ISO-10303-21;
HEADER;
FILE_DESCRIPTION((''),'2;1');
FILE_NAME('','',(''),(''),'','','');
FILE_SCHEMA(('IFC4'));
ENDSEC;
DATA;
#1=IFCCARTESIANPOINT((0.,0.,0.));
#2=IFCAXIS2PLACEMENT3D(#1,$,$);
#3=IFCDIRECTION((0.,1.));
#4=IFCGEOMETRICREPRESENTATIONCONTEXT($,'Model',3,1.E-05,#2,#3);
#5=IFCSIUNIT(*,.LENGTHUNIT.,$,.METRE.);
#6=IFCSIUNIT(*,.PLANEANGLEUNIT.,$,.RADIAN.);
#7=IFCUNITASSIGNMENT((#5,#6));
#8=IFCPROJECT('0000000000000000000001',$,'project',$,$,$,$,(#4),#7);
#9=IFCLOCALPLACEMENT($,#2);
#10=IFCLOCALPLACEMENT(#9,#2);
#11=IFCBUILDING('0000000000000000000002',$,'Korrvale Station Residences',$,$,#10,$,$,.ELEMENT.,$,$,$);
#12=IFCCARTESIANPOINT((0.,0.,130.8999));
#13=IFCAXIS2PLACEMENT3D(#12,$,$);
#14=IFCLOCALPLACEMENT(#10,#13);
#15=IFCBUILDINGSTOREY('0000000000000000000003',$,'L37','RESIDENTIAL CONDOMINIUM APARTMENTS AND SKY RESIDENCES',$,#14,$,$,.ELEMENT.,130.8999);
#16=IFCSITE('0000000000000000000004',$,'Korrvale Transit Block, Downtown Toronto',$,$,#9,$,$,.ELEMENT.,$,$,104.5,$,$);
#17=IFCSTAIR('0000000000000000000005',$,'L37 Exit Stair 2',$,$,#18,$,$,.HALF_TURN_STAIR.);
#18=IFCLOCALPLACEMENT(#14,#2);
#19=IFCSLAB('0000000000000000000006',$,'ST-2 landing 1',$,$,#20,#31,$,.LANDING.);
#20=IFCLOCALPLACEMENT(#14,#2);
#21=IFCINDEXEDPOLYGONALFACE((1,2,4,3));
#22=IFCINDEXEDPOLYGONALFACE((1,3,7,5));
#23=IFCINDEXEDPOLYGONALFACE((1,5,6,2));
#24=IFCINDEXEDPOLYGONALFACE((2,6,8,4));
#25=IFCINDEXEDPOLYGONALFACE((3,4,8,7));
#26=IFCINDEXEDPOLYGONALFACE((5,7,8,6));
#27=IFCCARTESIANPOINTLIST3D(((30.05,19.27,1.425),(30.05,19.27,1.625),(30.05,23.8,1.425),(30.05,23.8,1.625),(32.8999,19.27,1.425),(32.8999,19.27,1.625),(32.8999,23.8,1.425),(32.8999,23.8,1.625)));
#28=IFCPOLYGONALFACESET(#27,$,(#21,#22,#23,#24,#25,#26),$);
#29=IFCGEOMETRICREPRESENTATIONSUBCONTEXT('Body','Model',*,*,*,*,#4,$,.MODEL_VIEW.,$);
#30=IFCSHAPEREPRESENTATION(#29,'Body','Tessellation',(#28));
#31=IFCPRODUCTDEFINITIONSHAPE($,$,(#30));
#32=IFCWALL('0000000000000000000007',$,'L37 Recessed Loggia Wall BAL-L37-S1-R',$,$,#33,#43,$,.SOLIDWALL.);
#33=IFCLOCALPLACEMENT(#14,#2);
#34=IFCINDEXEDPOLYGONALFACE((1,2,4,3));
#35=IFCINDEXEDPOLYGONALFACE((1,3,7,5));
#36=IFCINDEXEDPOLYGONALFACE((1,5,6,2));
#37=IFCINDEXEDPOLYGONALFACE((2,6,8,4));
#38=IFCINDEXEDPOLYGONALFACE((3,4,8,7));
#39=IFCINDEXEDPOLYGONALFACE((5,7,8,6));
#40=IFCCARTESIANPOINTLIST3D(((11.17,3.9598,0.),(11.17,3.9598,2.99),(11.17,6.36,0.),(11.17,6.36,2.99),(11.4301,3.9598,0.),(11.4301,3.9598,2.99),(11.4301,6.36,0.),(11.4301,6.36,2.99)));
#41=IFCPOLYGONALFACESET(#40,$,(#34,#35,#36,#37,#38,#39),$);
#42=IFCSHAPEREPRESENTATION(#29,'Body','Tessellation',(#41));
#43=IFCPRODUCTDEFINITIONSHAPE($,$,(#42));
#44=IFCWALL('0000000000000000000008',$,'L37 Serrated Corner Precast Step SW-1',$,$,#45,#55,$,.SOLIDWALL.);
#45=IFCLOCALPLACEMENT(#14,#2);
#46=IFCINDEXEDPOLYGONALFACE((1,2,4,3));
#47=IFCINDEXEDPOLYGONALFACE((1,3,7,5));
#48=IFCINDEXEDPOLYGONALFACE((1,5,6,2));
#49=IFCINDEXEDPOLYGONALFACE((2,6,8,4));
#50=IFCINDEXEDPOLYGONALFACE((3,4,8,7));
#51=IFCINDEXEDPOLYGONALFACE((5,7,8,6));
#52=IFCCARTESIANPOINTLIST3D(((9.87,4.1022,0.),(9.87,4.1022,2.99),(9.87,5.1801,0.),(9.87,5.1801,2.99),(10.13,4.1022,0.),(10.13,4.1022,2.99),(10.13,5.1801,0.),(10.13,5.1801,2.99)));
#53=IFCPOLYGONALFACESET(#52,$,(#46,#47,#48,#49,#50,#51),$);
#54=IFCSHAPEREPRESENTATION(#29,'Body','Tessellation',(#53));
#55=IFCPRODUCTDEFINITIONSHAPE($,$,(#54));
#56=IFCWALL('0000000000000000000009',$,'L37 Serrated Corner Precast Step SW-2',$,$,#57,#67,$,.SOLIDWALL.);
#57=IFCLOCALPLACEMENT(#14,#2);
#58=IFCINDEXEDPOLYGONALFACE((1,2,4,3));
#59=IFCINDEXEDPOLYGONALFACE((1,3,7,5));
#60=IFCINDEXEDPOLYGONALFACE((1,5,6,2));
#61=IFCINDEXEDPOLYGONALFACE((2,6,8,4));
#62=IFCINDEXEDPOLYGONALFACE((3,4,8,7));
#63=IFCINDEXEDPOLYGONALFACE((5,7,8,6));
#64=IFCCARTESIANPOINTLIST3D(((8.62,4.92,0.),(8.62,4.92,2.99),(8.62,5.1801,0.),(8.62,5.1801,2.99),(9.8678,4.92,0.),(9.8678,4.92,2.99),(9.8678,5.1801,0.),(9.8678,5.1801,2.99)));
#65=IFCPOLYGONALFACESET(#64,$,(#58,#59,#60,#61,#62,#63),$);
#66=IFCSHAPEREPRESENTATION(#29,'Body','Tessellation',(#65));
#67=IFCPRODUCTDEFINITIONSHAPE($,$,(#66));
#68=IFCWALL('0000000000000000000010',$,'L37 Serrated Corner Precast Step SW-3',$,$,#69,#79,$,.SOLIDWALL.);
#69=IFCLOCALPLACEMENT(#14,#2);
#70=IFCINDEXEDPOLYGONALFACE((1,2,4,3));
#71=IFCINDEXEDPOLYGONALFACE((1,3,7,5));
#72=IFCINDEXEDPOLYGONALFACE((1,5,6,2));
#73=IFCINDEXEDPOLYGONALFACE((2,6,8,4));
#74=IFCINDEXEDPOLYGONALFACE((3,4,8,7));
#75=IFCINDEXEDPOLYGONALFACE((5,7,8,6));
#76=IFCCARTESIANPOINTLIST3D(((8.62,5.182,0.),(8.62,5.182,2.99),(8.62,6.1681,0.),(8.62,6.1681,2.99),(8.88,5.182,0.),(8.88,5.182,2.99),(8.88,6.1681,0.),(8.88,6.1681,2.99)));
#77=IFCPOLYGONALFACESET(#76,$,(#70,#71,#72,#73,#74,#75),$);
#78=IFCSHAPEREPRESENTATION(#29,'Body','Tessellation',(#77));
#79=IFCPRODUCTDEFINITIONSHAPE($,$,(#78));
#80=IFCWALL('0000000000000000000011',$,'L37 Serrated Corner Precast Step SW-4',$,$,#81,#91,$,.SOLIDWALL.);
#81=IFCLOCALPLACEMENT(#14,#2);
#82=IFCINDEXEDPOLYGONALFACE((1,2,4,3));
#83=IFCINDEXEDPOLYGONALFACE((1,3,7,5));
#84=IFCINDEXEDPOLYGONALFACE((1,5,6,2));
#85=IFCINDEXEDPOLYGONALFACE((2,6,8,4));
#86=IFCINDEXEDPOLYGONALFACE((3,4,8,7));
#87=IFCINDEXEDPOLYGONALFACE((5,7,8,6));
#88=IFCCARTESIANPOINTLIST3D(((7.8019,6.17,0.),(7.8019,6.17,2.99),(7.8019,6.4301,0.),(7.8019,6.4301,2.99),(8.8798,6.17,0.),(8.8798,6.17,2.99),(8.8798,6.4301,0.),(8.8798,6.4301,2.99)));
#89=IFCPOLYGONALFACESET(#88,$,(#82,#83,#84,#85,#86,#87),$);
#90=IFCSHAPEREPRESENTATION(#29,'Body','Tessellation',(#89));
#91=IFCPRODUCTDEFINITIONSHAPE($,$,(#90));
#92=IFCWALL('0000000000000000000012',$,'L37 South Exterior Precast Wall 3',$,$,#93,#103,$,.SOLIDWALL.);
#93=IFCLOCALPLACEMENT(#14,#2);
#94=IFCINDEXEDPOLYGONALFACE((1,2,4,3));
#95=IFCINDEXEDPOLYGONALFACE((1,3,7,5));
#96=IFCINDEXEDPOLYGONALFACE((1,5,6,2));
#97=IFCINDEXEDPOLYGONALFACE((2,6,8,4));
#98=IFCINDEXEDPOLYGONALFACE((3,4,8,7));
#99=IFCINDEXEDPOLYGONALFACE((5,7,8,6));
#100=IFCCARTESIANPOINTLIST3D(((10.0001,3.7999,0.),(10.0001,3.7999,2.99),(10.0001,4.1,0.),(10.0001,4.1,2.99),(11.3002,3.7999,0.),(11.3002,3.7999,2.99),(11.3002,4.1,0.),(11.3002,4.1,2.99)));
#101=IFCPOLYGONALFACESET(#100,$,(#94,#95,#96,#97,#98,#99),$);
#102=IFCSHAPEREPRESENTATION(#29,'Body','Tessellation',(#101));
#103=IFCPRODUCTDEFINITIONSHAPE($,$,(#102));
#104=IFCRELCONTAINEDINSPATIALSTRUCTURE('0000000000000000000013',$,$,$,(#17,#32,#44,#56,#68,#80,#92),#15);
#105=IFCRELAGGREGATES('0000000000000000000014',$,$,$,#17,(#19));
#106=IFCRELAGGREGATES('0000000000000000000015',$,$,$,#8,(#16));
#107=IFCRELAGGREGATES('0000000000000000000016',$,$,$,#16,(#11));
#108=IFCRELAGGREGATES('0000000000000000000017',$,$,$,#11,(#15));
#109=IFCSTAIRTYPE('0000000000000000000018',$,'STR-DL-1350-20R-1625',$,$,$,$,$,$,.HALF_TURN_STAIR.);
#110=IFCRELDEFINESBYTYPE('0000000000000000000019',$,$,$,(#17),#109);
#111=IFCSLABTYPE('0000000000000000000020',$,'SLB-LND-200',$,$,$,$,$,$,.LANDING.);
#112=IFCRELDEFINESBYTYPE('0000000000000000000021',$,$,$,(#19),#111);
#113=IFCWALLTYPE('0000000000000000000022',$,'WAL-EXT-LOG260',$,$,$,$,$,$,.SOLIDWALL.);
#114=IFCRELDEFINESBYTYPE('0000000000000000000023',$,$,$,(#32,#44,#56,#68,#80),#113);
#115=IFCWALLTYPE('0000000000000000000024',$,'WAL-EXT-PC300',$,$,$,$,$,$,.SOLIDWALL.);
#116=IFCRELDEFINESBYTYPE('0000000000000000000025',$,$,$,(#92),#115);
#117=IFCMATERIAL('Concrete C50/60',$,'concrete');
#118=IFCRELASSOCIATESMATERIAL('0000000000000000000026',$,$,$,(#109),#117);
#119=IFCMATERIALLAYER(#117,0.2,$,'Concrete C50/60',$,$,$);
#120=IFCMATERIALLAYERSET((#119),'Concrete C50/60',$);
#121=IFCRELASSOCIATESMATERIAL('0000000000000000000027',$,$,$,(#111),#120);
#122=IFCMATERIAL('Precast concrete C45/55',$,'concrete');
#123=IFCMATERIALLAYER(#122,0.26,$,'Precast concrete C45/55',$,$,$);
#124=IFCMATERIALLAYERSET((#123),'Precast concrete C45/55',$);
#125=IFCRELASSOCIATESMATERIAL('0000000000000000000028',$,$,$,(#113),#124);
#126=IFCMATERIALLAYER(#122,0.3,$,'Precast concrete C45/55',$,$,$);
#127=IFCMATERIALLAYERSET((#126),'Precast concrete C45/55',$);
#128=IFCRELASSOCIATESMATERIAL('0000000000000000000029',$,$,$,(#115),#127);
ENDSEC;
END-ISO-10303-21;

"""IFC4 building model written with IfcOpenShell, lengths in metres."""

from ifc_helpers import new_model, si_unit, direction, frame, frame_2d, origin, place, context, subcontext, project, spatial, polyline, rectangle, outline, extrude, material, layer, layer_set, type_object, element, aggregate, save


model = new_model("IFC4")

# Units and contexts
model_context = context("Model", 3, precision=1e-05, world=origin(), true_north=direction((0.0, 1.0)))
body_context = subcontext(model_context, "Body", "Model", "MODEL_VIEW")
ifc_project = project(units=[si_unit("LENGTHUNIT", "METRE"), si_unit("PLANEANGLEUNIT", "RADIAN")], contexts=[model_context])

# Site, building, storey
site_placement = place(None, origin())
site = spatial("IfcSite", under=ifc_project, at=site_placement, Name="Korrvale Transit Block, Downtown Toronto", CompositionType="ELEMENT", RefElevation=104.5)
building_placement = place(site_placement, origin())
building = spatial("IfcBuilding", under=site, at=building_placement, Name="Korrvale Station Residences", CompositionType="ELEMENT")
storey_placement = place(building_placement, frame((0.0, 0.0, 130.8999)))
storey = spatial("IfcBuildingStorey", under=building, at=storey_placement, Name="L37", Description="RESIDENTIAL CONDOMINIUM APARTMENTS AND SKY RESIDENCES", CompositionType="ELEMENT", Elevation=130.8999)

# Shared definitions
ifc_material_1 = material(Name="Concrete C50/60", Category="concrete")

# Stair, slab
stair_type = type_object("IfcStairType", Name="STR-DL-1350-20R-1625", PredefinedType="HALF_TURN_STAIR", material=ifc_material_1)
ifc_layer_1 = layer(ifc_material_1, 0.2, Name="Concrete C50/60")
ifc_layer_set_1 = layer_set([ifc_layer_1], Name="Concrete C50/60")
slab_type_1 = type_object("IfcSlabType", Name="SLB-LND-200", PredefinedType="LANDING", material=ifc_layer_set_1)
stair_1_placement = place(storey_placement, origin())
stair_1 = element("IfcStair", 1, at=stair_1_placement, inside=storey, type_object=stair_type, Name="L37 Exit Stair 2", PredefinedType="HALF_TURN_STAIR")
slab_1_placement = place(storey_placement, frame((0.0, 0.0, 1.425)))
slab_1 = element("IfcSlab", 2, at=slab_1_placement, type_object=slab_type_1, Name="ST-2 landing 1", PredefinedType="LANDING", context=body_context, shape_type="SweptSolid", body=[
    extrude(outline(polyline([(32.8999, 19.27), (32.8999, 23.8), (30.05, 23.8), (30.05, 19.27), (32.8999, 19.27)])), origin(), (0.0, 0.0, 1.0), 0.2),
])
aggregate(stair_1, [slab_1])

# Walls
ifc_material_2 = material(Name="Precast concrete C45/55", Category="concrete")
ifc_layer_2 = layer(ifc_material_2, 0.26, Name="Precast concrete C45/55")
ifc_layer_set_2 = layer_set([ifc_layer_2], Name="Precast concrete C45/55")
wall_type_1 = type_object("IfcWallType", Name="WAL-EXT-LOG260", PredefinedType="SOLIDWALL", material=ifc_layer_set_2)
wall_1_placement = place(storey_placement, frame((11.3, 6.3601, 0.0), z_axis=(0.0, 0.0, 1.0), x_axis=(0.0, -1.0, 0.0)))
element("IfcWall", 3, at=wall_1_placement, inside=storey, type_object=wall_type_1, Name="L37 Recessed Loggia Wall BAL-L37-S1-R", PredefinedType="SOLIDWALL", context=body_context, shape_type="SweptSolid", body=[
    extrude(rectangle(XDim=2.4001, YDim=0.26, at=frame_2d((1.2002, 0.0))), origin(), (0.0, 0.0, 1.0), 2.99),
])
wall_2_placement = place(storey_placement, frame((10.0, 4.1021, 0.0), z_axis=(0.0, 0.0, 1.0), x_axis=(0.0, 1.0, 0.0)))
element("IfcWall", 4, at=wall_2_placement, inside=storey, type_object=wall_type_1, Name="L37 Serrated Corner Precast Step SW-1", PredefinedType="SOLIDWALL", context=body_context, shape_type="SweptSolid", body=[
    extrude(rectangle(XDim=1.0779, YDim=0.26, at=frame_2d((0.5391, 0.0))), origin(), (0.0, 0.0, 1.0), 2.99),
])
wall_3_placement = place(storey_placement, frame((9.8679, 5.05, 0.0), z_axis=(0.0, 0.0, 1.0), x_axis=(-1.0, 0.0, 0.0)))
element("IfcWall", 5, at=wall_3_placement, inside=storey, type_object=wall_type_1, Name="L37 Serrated Corner Precast Step SW-2", PredefinedType="SOLIDWALL", context=body_context, shape_type="SweptSolid", body=[
    extrude(rectangle(XDim=1.2478, YDim=0.26, at=frame_2d((0.624, 0.0))), origin(), (0.0, 0.0, 1.0), 2.99),
])
wall_4_placement = place(storey_placement, frame((8.75, 5.1819, 0.0), z_axis=(0.0, 0.0, 1.0), x_axis=(0.0, 1.0, 0.0)))
element("IfcWall", 6, at=wall_4_placement, inside=storey, type_object=wall_type_1, Name="L37 Serrated Corner Precast Step SW-3", PredefinedType="SOLIDWALL", context=body_context, shape_type="SweptSolid", body=[
    extrude(rectangle(XDim=0.9861, YDim=0.26, at=frame_2d((0.4932, 0.0))), origin(), (0.0, 0.0, 1.0), 2.99),
])
wall_5_placement = place(storey_placement, frame((8.8799, 6.3, 0.0), z_axis=(0.0, 0.0, 1.0), x_axis=(-1.0, 0.0, 0.0)))
element("IfcWall", 7, at=wall_5_placement, inside=storey, type_object=wall_type_1, Name="L37 Serrated Corner Precast Step SW-4", PredefinedType="SOLIDWALL", context=body_context, shape_type="SweptSolid", body=[
    extrude(rectangle(XDim=1.0779, YDim=0.26, at=frame_2d((0.5391, 0.0))), origin(), (0.0, 0.0, 1.0), 2.99),
])
ifc_layer_3 = layer(ifc_material_2, 0.3, Name="Precast concrete C45/55")
ifc_layer_set_3 = layer_set([ifc_layer_3], Name="Precast concrete C45/55")
wall_type_2 = type_object("IfcWallType", Name="WAL-EXT-PC300", PredefinedType="SOLIDWALL", material=ifc_layer_set_3)
wall_6_placement = place(storey_placement, frame((11.3, 3.95, 0.0), z_axis=(0.0, 0.0, 1.0), x_axis=(-1.0, 0.0, 0.0)))
element("IfcWall", 8, at=wall_6_placement, inside=storey, type_object=wall_type_2, Name="L37 South Exterior Precast Wall 3", PredefinedType="SOLIDWALL", context=body_context, shape_type="SweptSolid", body=[
    extrude(rectangle(XDim=1.3, YDim=0.3, at=frame_2d((0.6499, 0.0))), origin(), (0.0, 0.0, 1.0), 2.99),
])

save(model, "model.ifc")
